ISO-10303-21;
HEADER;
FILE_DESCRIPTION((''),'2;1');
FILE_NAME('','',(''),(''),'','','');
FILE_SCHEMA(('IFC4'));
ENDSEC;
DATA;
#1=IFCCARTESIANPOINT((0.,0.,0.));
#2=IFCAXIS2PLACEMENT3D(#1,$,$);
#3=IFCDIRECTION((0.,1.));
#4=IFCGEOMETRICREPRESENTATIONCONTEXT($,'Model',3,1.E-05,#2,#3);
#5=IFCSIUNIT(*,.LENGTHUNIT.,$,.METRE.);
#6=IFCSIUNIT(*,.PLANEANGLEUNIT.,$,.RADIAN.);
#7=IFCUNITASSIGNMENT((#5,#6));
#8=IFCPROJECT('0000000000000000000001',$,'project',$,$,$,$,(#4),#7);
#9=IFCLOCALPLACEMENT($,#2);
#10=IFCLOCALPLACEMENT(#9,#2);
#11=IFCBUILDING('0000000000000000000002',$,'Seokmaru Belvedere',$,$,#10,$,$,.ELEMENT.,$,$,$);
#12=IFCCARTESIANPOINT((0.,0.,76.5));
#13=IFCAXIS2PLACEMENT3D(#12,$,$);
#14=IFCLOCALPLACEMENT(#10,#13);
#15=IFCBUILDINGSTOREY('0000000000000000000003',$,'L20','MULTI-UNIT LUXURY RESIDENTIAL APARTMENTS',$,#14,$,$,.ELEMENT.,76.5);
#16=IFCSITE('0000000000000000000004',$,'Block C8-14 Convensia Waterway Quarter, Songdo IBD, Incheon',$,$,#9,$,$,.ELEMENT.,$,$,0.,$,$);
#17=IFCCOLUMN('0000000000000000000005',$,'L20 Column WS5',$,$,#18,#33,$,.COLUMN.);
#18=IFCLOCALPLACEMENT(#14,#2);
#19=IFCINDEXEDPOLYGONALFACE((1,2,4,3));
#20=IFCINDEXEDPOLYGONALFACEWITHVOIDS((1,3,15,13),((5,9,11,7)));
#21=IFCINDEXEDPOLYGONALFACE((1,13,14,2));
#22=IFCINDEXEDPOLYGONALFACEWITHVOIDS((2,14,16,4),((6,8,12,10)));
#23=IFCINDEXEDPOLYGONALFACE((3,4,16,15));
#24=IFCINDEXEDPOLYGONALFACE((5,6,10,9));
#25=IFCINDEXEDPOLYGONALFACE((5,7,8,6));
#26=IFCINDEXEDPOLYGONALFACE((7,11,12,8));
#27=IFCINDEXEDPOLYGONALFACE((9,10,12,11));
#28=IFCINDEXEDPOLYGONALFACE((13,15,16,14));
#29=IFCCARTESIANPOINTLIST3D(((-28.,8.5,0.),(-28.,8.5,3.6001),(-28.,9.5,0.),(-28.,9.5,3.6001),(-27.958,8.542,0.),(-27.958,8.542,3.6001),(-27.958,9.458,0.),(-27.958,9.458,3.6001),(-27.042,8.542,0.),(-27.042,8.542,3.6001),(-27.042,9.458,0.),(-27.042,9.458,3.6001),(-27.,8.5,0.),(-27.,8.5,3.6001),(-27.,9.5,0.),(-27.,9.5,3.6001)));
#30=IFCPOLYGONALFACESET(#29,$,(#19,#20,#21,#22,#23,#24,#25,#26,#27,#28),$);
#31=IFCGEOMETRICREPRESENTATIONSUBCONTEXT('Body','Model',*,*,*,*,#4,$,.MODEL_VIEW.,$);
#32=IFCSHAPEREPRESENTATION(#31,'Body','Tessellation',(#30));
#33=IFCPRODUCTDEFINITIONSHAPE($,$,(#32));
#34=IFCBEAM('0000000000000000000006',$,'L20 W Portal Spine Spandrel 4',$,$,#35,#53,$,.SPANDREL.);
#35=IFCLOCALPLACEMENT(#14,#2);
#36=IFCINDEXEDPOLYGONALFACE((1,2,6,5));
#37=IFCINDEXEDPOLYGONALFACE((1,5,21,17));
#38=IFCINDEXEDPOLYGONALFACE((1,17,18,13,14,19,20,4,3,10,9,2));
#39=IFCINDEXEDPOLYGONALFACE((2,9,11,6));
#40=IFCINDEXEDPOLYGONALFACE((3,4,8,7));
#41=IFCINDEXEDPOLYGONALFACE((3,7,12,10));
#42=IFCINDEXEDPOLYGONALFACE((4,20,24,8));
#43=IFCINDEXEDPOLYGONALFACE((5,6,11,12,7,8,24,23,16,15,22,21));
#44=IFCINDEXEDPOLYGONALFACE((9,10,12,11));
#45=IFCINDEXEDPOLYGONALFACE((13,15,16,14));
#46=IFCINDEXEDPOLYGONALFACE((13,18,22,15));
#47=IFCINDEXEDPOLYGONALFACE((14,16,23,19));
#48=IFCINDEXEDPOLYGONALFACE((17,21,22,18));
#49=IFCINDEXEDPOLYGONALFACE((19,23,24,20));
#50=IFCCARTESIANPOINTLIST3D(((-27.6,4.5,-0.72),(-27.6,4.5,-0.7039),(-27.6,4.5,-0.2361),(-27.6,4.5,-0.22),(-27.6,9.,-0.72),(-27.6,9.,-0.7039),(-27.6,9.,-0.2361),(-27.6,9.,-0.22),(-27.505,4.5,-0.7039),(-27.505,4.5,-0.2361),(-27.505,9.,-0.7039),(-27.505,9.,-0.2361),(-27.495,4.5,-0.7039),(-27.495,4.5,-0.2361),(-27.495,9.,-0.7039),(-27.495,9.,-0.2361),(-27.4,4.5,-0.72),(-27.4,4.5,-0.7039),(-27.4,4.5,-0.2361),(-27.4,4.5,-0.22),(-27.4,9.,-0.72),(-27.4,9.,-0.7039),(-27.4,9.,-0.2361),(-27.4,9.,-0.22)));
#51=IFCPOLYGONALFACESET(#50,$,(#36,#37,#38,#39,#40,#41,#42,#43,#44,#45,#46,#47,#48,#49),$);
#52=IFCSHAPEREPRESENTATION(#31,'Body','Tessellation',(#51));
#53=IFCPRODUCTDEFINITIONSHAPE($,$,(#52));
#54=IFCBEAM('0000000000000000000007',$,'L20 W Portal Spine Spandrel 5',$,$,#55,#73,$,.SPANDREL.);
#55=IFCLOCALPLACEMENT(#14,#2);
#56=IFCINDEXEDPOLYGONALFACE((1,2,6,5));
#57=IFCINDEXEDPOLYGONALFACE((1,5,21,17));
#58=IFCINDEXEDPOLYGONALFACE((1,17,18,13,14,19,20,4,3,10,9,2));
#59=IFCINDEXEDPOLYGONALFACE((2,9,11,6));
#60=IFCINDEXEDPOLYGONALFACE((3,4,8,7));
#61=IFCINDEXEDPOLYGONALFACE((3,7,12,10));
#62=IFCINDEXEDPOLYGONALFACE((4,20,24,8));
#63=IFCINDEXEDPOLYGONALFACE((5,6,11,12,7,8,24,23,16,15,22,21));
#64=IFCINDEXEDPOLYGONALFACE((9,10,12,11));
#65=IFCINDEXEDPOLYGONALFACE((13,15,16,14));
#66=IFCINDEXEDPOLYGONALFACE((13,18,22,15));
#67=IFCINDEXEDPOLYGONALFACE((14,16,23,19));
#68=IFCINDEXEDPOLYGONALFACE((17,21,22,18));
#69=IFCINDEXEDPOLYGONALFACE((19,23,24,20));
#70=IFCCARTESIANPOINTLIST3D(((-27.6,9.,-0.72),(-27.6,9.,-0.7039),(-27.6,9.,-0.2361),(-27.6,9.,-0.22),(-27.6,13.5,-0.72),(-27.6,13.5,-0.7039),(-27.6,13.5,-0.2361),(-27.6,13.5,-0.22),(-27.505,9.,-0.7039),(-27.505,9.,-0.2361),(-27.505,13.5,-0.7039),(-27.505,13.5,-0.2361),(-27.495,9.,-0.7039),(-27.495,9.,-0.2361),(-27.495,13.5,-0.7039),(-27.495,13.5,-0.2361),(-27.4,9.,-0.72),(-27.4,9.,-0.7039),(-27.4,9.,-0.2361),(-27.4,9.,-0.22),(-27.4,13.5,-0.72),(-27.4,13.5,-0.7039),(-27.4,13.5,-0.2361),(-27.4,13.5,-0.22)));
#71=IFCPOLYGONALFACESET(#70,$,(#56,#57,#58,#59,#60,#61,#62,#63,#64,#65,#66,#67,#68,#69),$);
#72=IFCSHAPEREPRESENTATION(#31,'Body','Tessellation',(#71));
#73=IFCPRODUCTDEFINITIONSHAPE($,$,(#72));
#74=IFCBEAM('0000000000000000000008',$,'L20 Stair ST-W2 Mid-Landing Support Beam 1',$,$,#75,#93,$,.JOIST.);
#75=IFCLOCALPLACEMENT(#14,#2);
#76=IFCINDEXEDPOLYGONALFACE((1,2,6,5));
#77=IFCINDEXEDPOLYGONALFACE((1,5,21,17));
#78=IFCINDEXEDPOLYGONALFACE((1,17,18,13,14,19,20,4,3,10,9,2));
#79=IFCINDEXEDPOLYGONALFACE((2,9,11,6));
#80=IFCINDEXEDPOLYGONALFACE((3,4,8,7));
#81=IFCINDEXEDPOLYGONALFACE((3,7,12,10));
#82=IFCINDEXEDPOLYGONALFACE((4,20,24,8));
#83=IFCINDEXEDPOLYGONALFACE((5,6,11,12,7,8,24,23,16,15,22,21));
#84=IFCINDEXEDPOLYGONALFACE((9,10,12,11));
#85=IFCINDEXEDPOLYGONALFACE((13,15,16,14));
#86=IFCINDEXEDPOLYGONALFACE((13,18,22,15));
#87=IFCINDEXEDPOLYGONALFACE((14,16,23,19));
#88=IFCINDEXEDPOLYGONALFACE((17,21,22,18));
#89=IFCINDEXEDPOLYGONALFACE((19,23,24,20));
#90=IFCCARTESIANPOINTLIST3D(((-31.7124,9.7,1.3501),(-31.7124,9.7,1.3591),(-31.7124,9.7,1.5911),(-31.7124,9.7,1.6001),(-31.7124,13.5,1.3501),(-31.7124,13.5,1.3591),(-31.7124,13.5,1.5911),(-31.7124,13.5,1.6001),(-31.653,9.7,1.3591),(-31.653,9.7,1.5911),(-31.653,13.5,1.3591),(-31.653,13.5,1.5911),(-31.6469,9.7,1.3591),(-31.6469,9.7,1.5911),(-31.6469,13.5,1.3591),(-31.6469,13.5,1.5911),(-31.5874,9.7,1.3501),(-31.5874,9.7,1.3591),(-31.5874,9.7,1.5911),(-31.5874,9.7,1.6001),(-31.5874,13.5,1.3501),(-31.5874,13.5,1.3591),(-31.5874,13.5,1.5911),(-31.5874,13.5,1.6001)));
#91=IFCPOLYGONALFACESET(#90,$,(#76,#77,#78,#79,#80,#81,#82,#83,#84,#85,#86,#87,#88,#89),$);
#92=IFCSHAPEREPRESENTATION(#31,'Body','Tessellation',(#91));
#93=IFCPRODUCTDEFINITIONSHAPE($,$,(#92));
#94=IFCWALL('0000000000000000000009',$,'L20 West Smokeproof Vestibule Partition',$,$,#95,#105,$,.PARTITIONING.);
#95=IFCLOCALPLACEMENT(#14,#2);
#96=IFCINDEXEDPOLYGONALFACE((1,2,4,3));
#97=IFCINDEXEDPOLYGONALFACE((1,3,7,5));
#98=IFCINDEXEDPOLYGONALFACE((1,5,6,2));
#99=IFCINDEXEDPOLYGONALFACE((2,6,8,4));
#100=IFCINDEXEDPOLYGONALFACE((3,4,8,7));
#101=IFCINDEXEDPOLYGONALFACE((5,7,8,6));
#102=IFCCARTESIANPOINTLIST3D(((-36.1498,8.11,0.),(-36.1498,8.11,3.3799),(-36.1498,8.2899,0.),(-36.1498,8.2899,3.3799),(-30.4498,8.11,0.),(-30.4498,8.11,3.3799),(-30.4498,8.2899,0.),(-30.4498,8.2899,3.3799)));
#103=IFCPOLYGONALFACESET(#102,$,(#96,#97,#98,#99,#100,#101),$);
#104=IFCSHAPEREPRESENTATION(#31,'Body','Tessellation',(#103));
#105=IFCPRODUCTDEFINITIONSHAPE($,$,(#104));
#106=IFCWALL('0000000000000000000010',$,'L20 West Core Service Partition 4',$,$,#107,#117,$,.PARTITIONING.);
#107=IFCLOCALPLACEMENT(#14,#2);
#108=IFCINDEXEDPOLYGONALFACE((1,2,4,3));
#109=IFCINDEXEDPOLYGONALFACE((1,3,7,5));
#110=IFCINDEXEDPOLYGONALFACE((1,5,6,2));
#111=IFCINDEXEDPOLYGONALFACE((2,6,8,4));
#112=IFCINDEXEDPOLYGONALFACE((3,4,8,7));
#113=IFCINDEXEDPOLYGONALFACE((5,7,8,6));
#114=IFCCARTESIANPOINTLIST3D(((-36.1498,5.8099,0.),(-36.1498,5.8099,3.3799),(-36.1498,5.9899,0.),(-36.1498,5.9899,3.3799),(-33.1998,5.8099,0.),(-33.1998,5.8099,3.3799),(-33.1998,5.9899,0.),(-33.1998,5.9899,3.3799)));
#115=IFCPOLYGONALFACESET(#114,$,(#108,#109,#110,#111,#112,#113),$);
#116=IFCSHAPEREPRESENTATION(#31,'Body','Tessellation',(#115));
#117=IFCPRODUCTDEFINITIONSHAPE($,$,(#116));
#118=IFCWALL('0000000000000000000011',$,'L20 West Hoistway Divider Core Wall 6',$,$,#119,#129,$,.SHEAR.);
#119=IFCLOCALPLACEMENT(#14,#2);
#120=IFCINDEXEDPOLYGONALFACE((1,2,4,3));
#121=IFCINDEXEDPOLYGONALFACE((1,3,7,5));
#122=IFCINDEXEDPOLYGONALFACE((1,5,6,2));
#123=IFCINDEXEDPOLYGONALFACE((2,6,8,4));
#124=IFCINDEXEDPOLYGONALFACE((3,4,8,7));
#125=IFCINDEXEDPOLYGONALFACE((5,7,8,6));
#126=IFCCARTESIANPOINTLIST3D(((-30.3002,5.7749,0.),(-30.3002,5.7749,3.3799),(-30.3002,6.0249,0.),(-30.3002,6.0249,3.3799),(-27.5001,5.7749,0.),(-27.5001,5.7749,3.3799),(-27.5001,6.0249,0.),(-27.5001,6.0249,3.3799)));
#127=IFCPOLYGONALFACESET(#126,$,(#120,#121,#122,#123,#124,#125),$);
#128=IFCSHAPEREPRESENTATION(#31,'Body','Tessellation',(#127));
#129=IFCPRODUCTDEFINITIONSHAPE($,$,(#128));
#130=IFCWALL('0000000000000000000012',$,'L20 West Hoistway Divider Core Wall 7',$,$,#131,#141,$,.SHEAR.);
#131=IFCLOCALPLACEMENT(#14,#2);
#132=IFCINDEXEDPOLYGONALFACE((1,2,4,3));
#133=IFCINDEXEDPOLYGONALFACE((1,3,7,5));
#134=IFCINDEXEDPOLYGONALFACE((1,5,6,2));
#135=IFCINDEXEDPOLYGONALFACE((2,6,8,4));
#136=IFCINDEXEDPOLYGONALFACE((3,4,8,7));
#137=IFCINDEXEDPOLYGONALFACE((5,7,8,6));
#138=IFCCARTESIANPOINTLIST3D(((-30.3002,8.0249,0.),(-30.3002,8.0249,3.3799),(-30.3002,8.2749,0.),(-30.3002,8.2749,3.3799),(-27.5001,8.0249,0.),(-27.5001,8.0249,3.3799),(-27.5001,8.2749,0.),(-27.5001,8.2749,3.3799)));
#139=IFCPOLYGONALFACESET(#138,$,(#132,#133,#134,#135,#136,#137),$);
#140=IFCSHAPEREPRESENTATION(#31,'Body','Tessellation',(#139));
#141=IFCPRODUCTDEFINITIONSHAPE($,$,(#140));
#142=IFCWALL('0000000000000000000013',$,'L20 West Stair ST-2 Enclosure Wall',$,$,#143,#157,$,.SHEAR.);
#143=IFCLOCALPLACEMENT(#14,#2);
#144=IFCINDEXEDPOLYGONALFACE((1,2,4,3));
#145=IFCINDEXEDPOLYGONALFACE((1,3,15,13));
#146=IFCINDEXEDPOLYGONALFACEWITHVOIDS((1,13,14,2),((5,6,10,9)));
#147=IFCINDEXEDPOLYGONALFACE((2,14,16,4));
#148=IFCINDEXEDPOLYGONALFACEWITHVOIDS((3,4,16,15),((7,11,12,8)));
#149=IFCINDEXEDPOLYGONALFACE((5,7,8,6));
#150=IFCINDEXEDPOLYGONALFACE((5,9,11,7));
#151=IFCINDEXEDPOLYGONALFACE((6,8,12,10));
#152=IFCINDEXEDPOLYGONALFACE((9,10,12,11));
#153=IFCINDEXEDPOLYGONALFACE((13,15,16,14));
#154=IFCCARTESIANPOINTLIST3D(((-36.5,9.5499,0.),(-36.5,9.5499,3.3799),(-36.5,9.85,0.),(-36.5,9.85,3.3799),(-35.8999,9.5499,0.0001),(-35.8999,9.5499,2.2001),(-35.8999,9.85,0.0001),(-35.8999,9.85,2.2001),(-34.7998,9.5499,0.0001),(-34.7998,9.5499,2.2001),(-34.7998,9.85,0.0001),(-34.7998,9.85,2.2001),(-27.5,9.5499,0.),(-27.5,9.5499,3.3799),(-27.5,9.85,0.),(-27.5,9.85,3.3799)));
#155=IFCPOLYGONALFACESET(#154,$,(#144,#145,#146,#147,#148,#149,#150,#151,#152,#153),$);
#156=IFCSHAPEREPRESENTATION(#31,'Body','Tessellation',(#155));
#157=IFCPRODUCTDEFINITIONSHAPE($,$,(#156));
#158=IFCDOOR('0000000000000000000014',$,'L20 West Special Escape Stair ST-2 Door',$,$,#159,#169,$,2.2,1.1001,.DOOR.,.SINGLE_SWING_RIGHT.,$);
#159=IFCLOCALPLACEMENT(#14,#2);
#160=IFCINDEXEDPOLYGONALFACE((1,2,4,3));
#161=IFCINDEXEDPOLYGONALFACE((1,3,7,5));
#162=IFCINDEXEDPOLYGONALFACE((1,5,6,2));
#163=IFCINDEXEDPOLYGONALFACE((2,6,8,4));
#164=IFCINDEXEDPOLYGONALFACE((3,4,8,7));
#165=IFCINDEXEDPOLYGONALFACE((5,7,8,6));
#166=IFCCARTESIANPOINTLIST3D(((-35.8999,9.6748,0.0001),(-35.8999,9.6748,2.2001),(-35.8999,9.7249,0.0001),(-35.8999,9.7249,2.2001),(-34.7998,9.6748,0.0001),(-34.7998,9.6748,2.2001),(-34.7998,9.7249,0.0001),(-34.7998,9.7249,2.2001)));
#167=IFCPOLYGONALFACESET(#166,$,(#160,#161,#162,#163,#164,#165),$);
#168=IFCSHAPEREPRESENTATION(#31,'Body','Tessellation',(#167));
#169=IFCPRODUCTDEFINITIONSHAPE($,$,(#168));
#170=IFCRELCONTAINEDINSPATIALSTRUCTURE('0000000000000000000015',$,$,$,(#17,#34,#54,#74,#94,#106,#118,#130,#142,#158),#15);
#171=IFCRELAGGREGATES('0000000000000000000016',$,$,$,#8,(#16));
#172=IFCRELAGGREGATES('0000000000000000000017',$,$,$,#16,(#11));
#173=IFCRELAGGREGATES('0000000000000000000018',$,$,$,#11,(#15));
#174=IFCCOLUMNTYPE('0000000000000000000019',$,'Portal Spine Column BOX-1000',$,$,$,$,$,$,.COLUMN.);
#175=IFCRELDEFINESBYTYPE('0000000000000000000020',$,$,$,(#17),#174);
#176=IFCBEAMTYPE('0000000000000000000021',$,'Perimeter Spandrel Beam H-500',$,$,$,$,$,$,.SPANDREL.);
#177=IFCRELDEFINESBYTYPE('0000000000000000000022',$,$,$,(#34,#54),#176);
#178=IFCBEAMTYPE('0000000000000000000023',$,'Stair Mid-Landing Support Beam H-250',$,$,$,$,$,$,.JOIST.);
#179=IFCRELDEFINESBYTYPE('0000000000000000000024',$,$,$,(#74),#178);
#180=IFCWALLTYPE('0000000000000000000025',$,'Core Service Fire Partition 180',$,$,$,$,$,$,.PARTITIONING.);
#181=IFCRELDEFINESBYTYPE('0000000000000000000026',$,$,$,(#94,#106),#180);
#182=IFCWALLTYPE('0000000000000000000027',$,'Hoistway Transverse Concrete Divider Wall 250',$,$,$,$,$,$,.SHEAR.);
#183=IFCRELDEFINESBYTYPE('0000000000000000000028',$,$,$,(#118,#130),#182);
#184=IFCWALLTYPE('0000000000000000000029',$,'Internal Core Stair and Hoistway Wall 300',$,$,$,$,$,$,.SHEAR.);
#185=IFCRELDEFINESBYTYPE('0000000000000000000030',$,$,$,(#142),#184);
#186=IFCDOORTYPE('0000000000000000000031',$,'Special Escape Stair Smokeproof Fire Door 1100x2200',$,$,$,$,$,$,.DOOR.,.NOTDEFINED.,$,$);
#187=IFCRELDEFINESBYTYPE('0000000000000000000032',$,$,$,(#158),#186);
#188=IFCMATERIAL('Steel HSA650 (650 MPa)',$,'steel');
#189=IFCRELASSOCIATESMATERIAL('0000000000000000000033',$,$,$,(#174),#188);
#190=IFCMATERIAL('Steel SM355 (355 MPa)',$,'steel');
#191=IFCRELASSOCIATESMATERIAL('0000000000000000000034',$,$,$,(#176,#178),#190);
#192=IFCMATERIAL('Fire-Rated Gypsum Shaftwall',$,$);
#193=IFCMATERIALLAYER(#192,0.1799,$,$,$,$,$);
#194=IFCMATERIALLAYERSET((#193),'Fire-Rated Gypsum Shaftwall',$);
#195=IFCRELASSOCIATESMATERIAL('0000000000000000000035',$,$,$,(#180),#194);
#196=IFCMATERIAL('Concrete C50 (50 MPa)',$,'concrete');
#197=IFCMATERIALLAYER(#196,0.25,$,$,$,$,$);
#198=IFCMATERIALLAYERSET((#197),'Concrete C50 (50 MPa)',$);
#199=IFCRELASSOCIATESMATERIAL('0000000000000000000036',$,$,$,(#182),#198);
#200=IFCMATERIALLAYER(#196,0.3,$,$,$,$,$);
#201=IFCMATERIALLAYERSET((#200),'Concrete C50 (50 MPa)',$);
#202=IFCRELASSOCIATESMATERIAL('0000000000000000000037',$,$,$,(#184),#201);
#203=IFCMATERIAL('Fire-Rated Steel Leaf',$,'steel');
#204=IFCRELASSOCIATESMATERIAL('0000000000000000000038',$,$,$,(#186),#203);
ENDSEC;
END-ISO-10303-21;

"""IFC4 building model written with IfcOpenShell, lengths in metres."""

from ifc_helpers import new_model, si_unit, direction, frame, frame_2d, origin, origin_2d, place, context, subcontext, project, spatial, rectangle, hollow_rectangle, i_section, extrude, source, transform, mapped, material, layer, layer_set, material_profile, profile_set, type_object, type_shapes, element, fill, save


model = new_model("IFC4")

# Units and contexts
model_context = context("Model", 3, precision=1e-05, world=origin(), true_north=direction((0.0, 1.0)))
body_context = subcontext(model_context, "Body", "Model", "MODEL_VIEW")
ifc_project = project(units=[si_unit("LENGTHUNIT", "METRE"), si_unit("PLANEANGLEUNIT", "RADIAN")], contexts=[model_context])

# Site, building, storey
site_placement = place(None, origin())
site = spatial("IfcSite", under=ifc_project, at=site_placement, Name="Block C8-14 Convensia Waterway Quarter, Songdo IBD, Incheon", CompositionType="ELEMENT", RefElevation=0.0)
building_placement = place(site_placement, origin())
building = spatial("IfcBuilding", under=site, at=building_placement, Name="Seokmaru Belvedere", CompositionType="ELEMENT")
storey_placement = place(building_placement, frame((0.0, 0.0, 76.5)))
storey = spatial("IfcBuildingStorey", under=building, at=storey_placement, Name="L20", Description="MULTI-UNIT LUXURY RESIDENTIAL APARTMENTS", CompositionType="ELEMENT", Elevation=76.5)

# Column
ifc_material_1 = material(Name="Steel HSA650 (650 MPa)", Category="steel")
ifc_material_profile_1 = material_profile(ifc_material_1, hollow_rectangle(XDim=1.0, YDim=1.0, WallThickness=0.042, at=origin_2d()), Name="BOX-1000x1000x42")
ifc_profile_set_1 = profile_set([ifc_material_profile_1], Name="Steel HSA650 (650 MPa)")
column_type = type_object("IfcColumnType", Name="Portal Spine Column BOX-1000", PredefinedType="COLUMN", material=ifc_profile_set_1)
shared_shape_1 = source(origin(), body_context, "Body", "SweptSolid", [
    extrude(hollow_rectangle(XDim=1.0, YDim=1.0, WallThickness=0.042, at=origin_2d()), origin(), (0.0, 0.0, 1.0), 3.6001),
])
type_shapes(column_type, [shared_shape_1])
column_placement = place(storey_placement, frame((-27.5, 9.0, 0.0), z_axis=(0.0, 0.0, 1.0), x_axis=(1.0, 0.0, 0.0)))
element("IfcColumn", 1, at=column_placement, inside=storey, type_object=column_type, Name="L20 Column WS5", PredefinedType="COLUMN", context=body_context, shape_type="MappedRepresentation", body=[
    mapped(shared_shape_1, transform((0.0, 0.0, 0.0), scale=1.0)),
])

# Beams
ifc_material_2 = material(Name="Steel SM355 (355 MPa)", Category="steel")
ifc_material_profile_2 = material_profile(ifc_material_2, i_section(OverallWidth=0.2, OverallDepth=0.5, WebThickness=0.01, FlangeThickness=0.0161, at=origin_2d()), Name="H-500x200x10x16")
ifc_profile_set_2 = profile_set([ifc_material_profile_2], Name="Steel SM355 (355 MPa)")
beam_type_1 = type_object("IfcBeamType", Name="Perimeter Spandrel Beam H-500", PredefinedType="SPANDREL", material=ifc_profile_set_2)
shared_shape_2 = source(origin(), body_context, "Body", "SweptSolid", [
    extrude(i_section(OverallWidth=0.2, OverallDepth=0.5, WebThickness=0.01, FlangeThickness=0.0161, at=origin_2d()), origin(), (0.0, 0.0, 1.0), 4.5),
])
type_shapes(beam_type_1, [shared_shape_2])
for number, where, z_axis, x_axis, name in (
    (2, (-27.5, 4.5, -0.47), (0.0, 1.0, 0.0), (-1.0, 0.0, 0.0), "L20 W Portal Spine Spandrel 4"),
    (3, (-27.5, 9.0, -0.47), (0.0, 1.0, 0.0), (-1.0, 0.0, 0.0), "L20 W Portal Spine Spandrel 5"),
):
    element("IfcBeam", number, at=place(storey_placement, frame(where, z_axis=z_axis, x_axis=x_axis)), inside=storey, type_object=beam_type_1, Name=name, PredefinedType="SPANDREL", context=body_context, shape_type="MappedRepresentation", body=[
        mapped(shared_shape_2, transform((0.0, 0.0, 0.0), scale=1.0)),
    ])
ifc_material_profile_3 = material_profile(ifc_material_2, i_section(OverallWidth=0.125, OverallDepth=0.25, WebThickness=0.0061, FlangeThickness=0.009, at=origin_2d()), Name="H-250x125x6x9")
ifc_profile_set_3 = profile_set([ifc_material_profile_3], Name="Steel SM355 (355 MPa)")
beam_type_2 = type_object("IfcBeamType", Name="Stair Mid-Landing Support Beam H-250", PredefinedType="JOIST", material=ifc_profile_set_3)
shared_shape_3 = source(origin(), body_context, "Body", "SweptSolid", [
    extrude(i_section(OverallWidth=0.125, OverallDepth=0.25, WebThickness=0.0061, FlangeThickness=0.009, at=origin_2d()), origin(), (0.0, 0.0, 1.0), 3.8),
])
type_shapes(beam_type_2, [shared_shape_3])
beam_placement = place(storey_placement, frame((-31.6499, 9.7, 1.4751), z_axis=(0.0, 1.0, 0.0), x_axis=(-1.0, 0.0, 0.0)))
element("IfcBeam", 4, at=beam_placement, inside=storey, type_object=beam_type_2, Name="L20 Stair ST-W2 Mid-Landing Support Beam 1", PredefinedType="JOIST", context=body_context, shape_type="MappedRepresentation", body=[
    mapped(shared_shape_3, transform((0.0, 0.0, 0.0), scale=1.0)),
])

# Walls
ifc_material_3 = material(Name="Fire-Rated Gypsum Shaftwall")
ifc_layer_1 = layer(ifc_material_3, 0.1799)
ifc_layer_set_1 = layer_set([ifc_layer_1], Name="Fire-Rated Gypsum Shaftwall")
wall_type_1 = type_object("IfcWallType", Name="Core Service Fire Partition 180", PredefinedType="PARTITIONING", material=ifc_layer_set_1)
wall_1_placement = place(storey_placement, frame((-36.1499, 8.2, 0.0), z_axis=(0.0, 0.0, 1.0), x_axis=(1.0, 0.0, 0.0)))
element("IfcWall", 5, at=wall_1_placement, inside=storey, type_object=wall_type_1, Name="L20 West Smokeproof Vestibule Partition", PredefinedType="PARTITIONING", context=body_context, shape_type="SweptSolid", body=[
    extrude(rectangle(XDim=5.7, YDim=0.1799, at=frame_2d((2.8501, 0.0))), origin(), (0.0, 0.0, 1.0), 3.3799),
])
wall_2_placement = place(storey_placement, frame((-36.1499, 5.8999, 0.0), z_axis=(0.0, 0.0, 1.0), x_axis=(1.0, 0.0, 0.0)))
element("IfcWall", 6, at=wall_2_placement, inside=storey, type_object=wall_type_1, Name="L20 West Core Service Partition 4", PredefinedType="PARTITIONING", context=body_context, shape_type="SweptSolid", body=[
    extrude(rectangle(XDim=2.95, YDim=0.1799, at=frame_2d((1.4751, 0.0))), origin(), (0.0, 0.0, 1.0), 3.3799),
])
ifc_material_4 = material(Name="Concrete C50 (50 MPa)", Category="concrete")
ifc_layer_2 = layer(ifc_material_4, 0.25)
ifc_layer_set_2 = layer_set([ifc_layer_2], Name="Concrete C50 (50 MPa)")
wall_type_2 = type_object("IfcWallType", Name="Hoistway Transverse Concrete Divider Wall 250", PredefinedType="SHEAR", material=ifc_layer_set_2)
for number, where, z_axis, x_axis, name in (
    (7, (-30.3, 5.8999, 0.0), (0.0, 0.0, 1.0), (1.0, 0.0, 0.0), "L20 West Hoistway Divider Core Wall 6"),
    (8, (-30.3, 8.1499, 0.0), (0.0, 0.0, 1.0), (1.0, 0.0, 0.0), "L20 West Hoistway Divider Core Wall 7"),
):
    element("IfcWall", number, at=place(storey_placement, frame(where, z_axis=z_axis, x_axis=x_axis)), inside=storey, type_object=wall_type_2, Name=name, PredefinedType="SHEAR", context=body_context, shape_type="SweptSolid", body=[
        extrude(rectangle(XDim=2.8, YDim=0.25, at=frame_2d((1.3999, 0.0))), origin(), (0.0, 0.0, 1.0), 3.3799),
    ])

# Wall, opening, door
ifc_layer_3 = layer(ifc_material_4, 0.3)
ifc_layer_set_3 = layer_set([ifc_layer_3], Name="Concrete C50 (50 MPa)")
wall_type_3 = type_object("IfcWallType", Name="Internal Core Stair and Hoistway Wall 300", PredefinedType="SHEAR", material=ifc_layer_set_3)
wall_3_placement = place(storey_placement, frame((-36.5, 9.7, 0.0), z_axis=(0.0, 0.0, 1.0), x_axis=(1.0, 0.0, 0.0)))
wall_3 = element("IfcWall", 9, at=wall_3_placement, inside=storey, type_object=wall_type_3, Name="L20 West Stair ST-2 Enclosure Wall", PredefinedType="SHEAR", context=body_context, shape_type="SweptSolid", body=[
    extrude(rectangle(XDim=9.0, YDim=0.3, at=frame_2d((4.5, 0.0))), origin(), (0.0, 0.0, 1.0), 3.3799),
])
opening_1_placement = place(wall_3_placement, frame((0.6001, 0.0, 0.0)))
opening_1 = element("IfcOpeningElement", 10, at=opening_1_placement, cuts=wall_3, PredefinedType="OPENING", context=body_context, shape_type="SweptSolid", body=[
    extrude(rectangle(XDim=1.1001, YDim=2.2, at=frame_2d((0.55, 1.1001))), frame((0.0, 0.1602, 0.0), z_axis=(0.0, -1.0, 0.0), x_axis=(1.0, 0.0, 0.0)), (0.0, 0.0, 1.0), 0.3201),
])
ifc_material_5 = material(Name="Fire-Rated Steel Leaf", Category="steel")
door_type_1 = type_object("IfcDoorType", Name="Special Escape Stair Smokeproof Fire Door 1100x2200", OperationType="NOTDEFINED", PredefinedType="DOOR", material=ifc_material_5)
shared_shape_4 = source(origin(), body_context, "Body", "SweptSolid", [
    extrude(rectangle(XDim=1.1001, YDim=2.2, at=frame_2d((0.55, 1.1001))), frame((0.0, 0.0249, 0.0), z_axis=(0.0, -1.0, 0.0), x_axis=(1.0, 0.0, 0.0)), (0.0, 0.0, 1.0), 0.05),
])
type_shapes(door_type_1, [shared_shape_4])
door_1_placement = place(opening_1_placement, origin())
door_1 = element("IfcDoor", 11, at=door_1_placement, inside=storey, type_object=door_type_1, Name="L20 West Special Escape Stair ST-2 Door", OperationType="SINGLE_SWING_RIGHT", OverallHeight=2.2, OverallWidth=1.1001, PredefinedType="DOOR", context=body_context, shape_type="MappedRepresentation", body=[
    mapped(shared_shape_4, transform((0.0, 0.0, 0.0), scale=1.0)),
])
fill(opening_1, door_1)

save(model, "model.ifc")
